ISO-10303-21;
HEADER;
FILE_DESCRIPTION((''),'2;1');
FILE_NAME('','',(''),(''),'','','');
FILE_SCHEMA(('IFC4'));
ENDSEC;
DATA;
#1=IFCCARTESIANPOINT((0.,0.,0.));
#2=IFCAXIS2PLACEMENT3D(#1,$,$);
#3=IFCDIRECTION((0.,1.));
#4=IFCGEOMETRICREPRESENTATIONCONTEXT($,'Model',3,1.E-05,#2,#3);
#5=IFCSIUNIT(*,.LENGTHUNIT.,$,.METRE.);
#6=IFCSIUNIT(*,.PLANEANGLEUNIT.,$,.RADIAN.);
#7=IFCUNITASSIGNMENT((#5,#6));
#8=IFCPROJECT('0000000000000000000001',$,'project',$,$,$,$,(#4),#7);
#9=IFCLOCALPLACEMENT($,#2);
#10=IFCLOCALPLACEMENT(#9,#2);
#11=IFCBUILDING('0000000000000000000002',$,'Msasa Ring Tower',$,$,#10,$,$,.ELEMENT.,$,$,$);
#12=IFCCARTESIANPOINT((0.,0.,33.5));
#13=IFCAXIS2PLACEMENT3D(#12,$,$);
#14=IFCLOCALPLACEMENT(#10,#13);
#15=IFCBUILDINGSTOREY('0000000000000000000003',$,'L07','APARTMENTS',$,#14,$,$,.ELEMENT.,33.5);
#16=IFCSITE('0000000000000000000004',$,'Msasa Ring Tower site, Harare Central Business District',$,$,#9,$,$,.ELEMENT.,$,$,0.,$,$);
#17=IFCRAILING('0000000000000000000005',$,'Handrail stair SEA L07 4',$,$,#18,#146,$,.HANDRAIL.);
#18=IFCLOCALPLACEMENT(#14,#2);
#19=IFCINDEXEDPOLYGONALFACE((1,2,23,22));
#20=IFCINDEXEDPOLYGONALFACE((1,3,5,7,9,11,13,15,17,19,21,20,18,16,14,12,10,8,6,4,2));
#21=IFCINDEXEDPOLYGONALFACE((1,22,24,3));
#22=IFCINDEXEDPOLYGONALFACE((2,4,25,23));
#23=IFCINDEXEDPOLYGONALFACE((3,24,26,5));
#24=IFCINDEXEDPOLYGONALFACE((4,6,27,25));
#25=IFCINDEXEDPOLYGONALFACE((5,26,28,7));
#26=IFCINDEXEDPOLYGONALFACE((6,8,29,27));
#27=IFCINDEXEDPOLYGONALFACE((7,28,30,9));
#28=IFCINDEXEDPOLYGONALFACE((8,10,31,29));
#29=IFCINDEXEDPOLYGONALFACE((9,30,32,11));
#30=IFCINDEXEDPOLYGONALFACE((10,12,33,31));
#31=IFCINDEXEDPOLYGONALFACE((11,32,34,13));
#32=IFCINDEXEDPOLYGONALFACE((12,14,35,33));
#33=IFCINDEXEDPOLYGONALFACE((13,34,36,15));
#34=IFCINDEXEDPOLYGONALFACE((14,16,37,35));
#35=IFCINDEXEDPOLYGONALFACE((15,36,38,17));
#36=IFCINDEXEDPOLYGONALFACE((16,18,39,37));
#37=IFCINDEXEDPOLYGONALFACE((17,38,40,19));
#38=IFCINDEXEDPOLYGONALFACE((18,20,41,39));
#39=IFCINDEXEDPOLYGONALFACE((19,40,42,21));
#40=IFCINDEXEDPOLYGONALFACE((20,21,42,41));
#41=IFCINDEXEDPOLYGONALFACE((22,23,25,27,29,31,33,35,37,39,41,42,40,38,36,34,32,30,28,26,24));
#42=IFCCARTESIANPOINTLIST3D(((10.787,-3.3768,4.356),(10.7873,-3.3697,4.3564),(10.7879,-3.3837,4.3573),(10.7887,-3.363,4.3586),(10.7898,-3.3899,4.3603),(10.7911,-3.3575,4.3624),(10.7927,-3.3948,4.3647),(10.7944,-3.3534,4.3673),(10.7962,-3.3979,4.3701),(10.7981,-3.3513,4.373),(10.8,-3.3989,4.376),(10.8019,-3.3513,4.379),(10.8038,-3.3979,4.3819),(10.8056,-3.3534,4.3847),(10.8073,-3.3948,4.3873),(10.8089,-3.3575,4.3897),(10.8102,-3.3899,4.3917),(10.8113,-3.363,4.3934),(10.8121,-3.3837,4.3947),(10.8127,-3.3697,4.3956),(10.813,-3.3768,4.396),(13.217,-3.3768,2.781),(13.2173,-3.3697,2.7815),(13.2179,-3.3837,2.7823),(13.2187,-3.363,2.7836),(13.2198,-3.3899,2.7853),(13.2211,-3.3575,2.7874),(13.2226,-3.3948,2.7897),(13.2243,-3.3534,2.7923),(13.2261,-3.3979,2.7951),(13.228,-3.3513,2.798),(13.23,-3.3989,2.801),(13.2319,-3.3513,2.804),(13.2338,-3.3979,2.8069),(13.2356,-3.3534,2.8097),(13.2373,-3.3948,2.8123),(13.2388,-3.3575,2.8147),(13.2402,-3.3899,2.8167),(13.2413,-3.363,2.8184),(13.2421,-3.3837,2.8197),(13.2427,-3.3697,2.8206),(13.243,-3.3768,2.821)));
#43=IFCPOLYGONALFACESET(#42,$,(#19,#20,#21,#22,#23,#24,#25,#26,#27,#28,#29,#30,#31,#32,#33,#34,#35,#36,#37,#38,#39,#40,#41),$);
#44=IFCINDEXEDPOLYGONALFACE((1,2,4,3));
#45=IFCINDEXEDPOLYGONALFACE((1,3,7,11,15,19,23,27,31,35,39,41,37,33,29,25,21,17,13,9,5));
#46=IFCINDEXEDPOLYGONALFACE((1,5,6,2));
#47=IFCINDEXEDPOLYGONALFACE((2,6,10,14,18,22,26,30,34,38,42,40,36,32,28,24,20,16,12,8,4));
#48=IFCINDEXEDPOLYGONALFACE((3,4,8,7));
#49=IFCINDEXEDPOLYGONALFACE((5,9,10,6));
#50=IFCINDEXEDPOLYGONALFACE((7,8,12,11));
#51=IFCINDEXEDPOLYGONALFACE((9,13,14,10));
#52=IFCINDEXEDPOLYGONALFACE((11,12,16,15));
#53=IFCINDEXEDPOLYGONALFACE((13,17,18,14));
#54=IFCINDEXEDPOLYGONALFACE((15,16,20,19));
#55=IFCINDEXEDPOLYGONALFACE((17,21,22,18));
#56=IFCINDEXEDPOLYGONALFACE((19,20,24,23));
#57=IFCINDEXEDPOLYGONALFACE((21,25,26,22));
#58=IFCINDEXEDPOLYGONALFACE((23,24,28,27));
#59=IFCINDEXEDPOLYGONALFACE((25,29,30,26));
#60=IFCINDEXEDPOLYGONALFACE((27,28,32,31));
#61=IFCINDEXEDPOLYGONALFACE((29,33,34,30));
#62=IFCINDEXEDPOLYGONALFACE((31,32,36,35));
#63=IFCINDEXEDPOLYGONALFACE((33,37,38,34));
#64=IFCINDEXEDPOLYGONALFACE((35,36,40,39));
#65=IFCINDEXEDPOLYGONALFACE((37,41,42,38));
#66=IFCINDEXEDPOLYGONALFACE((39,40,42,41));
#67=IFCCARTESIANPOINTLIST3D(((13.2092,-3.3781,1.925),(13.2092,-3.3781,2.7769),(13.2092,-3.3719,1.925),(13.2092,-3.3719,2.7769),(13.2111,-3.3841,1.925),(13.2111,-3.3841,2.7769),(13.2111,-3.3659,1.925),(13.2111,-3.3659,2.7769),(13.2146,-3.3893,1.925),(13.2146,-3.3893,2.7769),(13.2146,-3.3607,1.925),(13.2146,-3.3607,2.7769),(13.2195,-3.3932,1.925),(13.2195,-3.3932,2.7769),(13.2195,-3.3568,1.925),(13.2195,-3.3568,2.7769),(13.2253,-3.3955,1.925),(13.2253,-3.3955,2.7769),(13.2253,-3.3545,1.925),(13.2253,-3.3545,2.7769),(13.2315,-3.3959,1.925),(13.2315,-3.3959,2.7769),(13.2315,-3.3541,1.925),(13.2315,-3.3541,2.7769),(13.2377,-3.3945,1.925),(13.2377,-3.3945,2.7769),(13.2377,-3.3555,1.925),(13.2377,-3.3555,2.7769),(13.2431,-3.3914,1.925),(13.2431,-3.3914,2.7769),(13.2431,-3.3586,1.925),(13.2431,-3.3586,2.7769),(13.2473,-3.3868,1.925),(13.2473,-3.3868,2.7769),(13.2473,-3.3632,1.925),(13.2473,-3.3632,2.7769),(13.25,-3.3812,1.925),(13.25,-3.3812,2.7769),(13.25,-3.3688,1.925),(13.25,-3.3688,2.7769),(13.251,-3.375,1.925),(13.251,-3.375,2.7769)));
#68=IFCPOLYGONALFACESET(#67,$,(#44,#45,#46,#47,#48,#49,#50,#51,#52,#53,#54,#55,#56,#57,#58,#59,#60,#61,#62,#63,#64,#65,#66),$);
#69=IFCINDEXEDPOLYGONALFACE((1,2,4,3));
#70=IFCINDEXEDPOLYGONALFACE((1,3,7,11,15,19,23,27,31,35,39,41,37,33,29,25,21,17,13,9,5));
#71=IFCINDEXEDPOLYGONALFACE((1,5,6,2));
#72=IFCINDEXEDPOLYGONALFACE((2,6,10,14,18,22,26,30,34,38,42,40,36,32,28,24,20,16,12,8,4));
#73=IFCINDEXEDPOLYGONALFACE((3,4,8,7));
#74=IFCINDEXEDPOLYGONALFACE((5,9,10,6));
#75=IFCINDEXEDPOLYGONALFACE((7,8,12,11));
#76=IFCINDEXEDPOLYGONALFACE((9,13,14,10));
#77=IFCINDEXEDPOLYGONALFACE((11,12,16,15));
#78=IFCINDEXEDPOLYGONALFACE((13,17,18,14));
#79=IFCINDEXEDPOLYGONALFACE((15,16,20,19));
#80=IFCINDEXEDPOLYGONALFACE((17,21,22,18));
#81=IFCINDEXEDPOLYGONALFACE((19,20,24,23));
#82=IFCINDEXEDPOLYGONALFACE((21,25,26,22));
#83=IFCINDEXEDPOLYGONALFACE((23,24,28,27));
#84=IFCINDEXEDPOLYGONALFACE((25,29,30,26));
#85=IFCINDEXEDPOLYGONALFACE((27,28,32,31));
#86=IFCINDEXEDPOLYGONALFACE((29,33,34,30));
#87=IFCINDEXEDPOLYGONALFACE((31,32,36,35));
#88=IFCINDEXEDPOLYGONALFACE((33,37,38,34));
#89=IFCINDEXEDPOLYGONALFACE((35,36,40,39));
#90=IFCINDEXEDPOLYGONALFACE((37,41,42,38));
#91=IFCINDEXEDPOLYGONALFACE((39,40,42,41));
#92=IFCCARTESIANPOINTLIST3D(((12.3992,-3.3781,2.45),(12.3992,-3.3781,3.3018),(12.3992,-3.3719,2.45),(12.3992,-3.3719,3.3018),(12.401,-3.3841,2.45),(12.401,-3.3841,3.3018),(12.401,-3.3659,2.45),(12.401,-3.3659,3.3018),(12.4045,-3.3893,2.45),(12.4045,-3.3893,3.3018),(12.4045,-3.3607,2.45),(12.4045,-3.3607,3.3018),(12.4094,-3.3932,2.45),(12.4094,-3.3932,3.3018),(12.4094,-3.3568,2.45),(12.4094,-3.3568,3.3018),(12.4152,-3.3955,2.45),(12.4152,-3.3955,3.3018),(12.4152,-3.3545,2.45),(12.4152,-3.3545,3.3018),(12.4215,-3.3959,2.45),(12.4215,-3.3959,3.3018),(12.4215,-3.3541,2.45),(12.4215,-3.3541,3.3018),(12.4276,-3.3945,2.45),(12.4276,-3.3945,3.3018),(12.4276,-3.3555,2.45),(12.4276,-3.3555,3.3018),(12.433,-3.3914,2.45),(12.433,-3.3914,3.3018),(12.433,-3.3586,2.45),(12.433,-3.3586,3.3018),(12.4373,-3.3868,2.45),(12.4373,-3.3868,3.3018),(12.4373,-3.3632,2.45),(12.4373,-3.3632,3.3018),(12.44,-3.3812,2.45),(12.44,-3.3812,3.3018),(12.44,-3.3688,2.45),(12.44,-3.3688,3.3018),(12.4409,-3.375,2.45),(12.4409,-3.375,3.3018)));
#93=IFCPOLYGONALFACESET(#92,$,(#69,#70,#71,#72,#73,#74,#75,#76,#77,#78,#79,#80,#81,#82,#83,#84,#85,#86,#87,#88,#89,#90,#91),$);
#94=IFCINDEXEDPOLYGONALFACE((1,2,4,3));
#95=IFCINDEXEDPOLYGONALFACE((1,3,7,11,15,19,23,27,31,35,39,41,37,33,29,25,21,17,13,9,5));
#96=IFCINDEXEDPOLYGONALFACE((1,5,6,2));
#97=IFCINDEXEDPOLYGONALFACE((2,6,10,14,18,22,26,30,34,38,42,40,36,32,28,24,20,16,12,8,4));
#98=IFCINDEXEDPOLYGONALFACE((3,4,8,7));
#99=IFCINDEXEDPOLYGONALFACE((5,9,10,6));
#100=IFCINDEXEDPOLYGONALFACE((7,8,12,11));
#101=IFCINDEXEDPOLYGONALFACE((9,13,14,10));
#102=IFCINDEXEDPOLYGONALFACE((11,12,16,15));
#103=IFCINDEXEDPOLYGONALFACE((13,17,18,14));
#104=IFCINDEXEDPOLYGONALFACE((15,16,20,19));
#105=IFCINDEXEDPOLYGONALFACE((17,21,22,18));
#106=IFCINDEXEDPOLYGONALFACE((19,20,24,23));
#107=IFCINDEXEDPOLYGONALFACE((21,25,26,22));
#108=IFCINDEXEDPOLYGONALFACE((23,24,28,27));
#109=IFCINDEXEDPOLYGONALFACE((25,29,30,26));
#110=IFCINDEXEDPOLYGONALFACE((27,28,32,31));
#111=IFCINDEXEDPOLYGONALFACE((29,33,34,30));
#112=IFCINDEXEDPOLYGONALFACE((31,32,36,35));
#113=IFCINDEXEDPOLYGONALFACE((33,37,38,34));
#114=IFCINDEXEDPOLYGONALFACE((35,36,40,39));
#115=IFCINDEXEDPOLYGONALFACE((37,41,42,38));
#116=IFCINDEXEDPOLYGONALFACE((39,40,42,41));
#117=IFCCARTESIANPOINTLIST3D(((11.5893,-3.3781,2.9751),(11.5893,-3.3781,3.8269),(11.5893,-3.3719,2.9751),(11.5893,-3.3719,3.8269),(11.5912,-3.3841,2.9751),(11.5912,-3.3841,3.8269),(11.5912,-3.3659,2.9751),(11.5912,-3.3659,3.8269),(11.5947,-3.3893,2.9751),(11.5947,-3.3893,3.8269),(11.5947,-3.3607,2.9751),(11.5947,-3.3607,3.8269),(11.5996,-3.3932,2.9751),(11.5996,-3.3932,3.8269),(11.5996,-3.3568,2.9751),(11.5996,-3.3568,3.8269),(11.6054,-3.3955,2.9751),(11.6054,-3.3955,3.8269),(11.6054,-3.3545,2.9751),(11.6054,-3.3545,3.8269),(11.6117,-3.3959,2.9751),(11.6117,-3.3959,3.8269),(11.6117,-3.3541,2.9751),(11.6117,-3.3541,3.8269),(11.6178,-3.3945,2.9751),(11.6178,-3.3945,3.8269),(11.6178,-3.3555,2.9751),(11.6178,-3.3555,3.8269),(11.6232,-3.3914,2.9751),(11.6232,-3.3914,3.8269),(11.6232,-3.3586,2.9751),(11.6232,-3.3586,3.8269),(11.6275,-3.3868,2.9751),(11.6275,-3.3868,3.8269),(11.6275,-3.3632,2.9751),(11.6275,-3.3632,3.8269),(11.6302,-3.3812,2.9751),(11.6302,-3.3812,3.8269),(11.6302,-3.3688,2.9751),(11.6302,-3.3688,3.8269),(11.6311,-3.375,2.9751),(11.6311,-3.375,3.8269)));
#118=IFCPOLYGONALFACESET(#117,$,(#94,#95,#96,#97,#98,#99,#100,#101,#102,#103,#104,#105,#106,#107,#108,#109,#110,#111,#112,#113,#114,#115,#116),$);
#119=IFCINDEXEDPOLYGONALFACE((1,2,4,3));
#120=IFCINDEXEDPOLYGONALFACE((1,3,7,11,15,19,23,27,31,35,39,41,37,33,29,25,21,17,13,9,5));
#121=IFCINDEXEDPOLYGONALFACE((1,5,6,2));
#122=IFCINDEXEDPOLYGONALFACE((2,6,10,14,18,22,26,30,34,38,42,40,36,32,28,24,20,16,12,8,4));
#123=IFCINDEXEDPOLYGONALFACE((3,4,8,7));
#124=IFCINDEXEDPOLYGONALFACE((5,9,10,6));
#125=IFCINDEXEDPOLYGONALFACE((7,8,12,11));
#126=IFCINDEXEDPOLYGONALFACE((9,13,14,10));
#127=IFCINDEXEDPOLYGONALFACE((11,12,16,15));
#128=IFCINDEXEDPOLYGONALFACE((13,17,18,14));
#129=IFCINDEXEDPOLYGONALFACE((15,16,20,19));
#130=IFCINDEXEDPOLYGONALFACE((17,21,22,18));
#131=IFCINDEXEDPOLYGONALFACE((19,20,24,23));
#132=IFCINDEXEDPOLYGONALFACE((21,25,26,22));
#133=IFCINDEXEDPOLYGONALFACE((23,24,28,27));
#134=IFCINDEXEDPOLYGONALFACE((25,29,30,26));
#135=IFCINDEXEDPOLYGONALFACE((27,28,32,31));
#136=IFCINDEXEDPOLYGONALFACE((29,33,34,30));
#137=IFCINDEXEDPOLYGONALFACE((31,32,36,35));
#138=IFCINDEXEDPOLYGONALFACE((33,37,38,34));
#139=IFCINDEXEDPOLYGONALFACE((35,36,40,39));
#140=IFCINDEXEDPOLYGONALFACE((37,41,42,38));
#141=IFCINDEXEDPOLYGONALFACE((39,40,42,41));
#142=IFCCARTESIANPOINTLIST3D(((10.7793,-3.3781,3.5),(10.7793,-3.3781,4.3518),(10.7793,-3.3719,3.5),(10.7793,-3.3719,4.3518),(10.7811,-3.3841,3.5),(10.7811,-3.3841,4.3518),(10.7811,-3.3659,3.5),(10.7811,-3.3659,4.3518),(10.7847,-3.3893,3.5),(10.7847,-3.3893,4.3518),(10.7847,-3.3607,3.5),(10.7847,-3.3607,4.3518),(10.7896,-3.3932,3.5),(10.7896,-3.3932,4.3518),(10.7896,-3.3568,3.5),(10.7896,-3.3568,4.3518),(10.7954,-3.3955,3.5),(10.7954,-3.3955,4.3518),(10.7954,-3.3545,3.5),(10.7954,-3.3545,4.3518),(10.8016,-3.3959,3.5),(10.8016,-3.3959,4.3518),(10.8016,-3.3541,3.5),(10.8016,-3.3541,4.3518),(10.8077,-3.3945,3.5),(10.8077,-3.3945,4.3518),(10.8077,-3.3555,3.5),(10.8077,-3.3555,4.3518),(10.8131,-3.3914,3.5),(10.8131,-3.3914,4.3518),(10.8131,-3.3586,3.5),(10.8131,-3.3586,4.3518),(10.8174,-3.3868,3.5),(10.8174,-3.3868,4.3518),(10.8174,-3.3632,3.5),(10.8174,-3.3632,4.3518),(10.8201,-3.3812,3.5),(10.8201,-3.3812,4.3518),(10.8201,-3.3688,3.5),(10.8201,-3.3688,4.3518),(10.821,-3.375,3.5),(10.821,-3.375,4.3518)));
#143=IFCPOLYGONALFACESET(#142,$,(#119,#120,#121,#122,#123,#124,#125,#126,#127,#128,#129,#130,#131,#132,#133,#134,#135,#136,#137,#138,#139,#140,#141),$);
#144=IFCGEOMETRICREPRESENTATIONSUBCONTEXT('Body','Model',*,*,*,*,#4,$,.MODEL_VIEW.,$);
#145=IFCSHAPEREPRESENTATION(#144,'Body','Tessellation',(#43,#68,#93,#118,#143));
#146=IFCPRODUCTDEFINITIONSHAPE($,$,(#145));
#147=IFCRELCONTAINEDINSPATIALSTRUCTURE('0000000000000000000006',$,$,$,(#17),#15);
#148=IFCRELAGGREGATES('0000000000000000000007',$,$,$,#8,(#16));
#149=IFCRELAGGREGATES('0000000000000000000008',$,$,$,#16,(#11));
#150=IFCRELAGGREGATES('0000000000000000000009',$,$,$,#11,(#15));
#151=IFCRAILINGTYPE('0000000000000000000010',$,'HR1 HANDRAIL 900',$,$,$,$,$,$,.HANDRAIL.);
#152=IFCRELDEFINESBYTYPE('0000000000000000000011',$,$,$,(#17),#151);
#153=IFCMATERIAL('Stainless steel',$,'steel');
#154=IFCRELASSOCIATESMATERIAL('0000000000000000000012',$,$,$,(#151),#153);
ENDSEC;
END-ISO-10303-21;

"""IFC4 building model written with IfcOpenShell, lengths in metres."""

from ifc_helpers import new_model, si_unit, direction, frame, origin, origin_2d, place, context, subcontext, project, spatial, circle, extrude, material, type_object, element, save


model = new_model("IFC4")

# Units and contexts
model_context = context("Model", 3, precision=1e-05, world=origin(), true_north=direction((0.0, 1.0)))
body_context = subcontext(model_context, "Body", "Model", "MODEL_VIEW")
ifc_project = project(units=[si_unit("LENGTHUNIT", "METRE"), si_unit("PLANEANGLEUNIT", "RADIAN")], contexts=[model_context])

# Site, building, storey
site_placement = place(None, origin())
site = spatial("IfcSite", under=ifc_project, at=site_placement, Name="Msasa Ring Tower site, Harare Central Business District", CompositionType="ELEMENT", RefElevation=0.0)
building_placement = place(site_placement, origin())
building = spatial("IfcBuilding", under=site, at=building_placement, Name="Msasa Ring Tower", CompositionType="ELEMENT")
storey_placement = place(building_placement, frame((0.0, 0.0, 33.5)))
storey = spatial("IfcBuildingStorey", under=building, at=storey_placement, Name="L07", Description="APARTMENTS", CompositionType="ELEMENT", Elevation=33.5)

# Railing
ifc_material_1 = material(Name="Stainless steel", Category="steel")
railing_type = type_object("IfcRailingType", Name="HR1 HANDRAIL 900", PredefinedType="HANDRAIL", material=ifc_material_1)
for number, where, name in (
    (1, (13.23, -3.375, 1.925), "Handrail stair SEA L07 4"),
):
    element("IfcRailing", number, at=place(storey_placement, frame(where)), inside=storey, type_object=railing_type, Name=name, PredefinedType="HANDRAIL", context=body_context, shape_type="SweptSolid", body=[
        extrude(circle(Radius=0.0239, at=origin_2d()), frame((0.0, 0.0, 0.876), z_axis=(-0.839154, 0.0, 0.543894), x_axis=(0.0, -1.0, 0.0)), (0.0, 0.0, 1.0), 2.8958),
        extrude(circle(Radius=0.021, at=origin_2d()), origin(), (0.0, 0.0, 1.0), 0.8518),
        extrude(circle(Radius=0.021, at=origin_2d()), frame((-0.8101, 0.0, 0.5249)), (0.0, 0.0, 1.0), 0.8518),
        extrude(circle(Radius=0.021, at=origin_2d()), frame((-1.6199, 0.0, 1.05)), (0.0, 0.0, 1.0), 0.8518),
        extrude(circle(Radius=0.021, at=origin_2d()), frame((-2.4299, 0.0, 1.575)), (0.0, 0.0, 1.0), 0.8518),
    ])

save(model, "model.ifc")
